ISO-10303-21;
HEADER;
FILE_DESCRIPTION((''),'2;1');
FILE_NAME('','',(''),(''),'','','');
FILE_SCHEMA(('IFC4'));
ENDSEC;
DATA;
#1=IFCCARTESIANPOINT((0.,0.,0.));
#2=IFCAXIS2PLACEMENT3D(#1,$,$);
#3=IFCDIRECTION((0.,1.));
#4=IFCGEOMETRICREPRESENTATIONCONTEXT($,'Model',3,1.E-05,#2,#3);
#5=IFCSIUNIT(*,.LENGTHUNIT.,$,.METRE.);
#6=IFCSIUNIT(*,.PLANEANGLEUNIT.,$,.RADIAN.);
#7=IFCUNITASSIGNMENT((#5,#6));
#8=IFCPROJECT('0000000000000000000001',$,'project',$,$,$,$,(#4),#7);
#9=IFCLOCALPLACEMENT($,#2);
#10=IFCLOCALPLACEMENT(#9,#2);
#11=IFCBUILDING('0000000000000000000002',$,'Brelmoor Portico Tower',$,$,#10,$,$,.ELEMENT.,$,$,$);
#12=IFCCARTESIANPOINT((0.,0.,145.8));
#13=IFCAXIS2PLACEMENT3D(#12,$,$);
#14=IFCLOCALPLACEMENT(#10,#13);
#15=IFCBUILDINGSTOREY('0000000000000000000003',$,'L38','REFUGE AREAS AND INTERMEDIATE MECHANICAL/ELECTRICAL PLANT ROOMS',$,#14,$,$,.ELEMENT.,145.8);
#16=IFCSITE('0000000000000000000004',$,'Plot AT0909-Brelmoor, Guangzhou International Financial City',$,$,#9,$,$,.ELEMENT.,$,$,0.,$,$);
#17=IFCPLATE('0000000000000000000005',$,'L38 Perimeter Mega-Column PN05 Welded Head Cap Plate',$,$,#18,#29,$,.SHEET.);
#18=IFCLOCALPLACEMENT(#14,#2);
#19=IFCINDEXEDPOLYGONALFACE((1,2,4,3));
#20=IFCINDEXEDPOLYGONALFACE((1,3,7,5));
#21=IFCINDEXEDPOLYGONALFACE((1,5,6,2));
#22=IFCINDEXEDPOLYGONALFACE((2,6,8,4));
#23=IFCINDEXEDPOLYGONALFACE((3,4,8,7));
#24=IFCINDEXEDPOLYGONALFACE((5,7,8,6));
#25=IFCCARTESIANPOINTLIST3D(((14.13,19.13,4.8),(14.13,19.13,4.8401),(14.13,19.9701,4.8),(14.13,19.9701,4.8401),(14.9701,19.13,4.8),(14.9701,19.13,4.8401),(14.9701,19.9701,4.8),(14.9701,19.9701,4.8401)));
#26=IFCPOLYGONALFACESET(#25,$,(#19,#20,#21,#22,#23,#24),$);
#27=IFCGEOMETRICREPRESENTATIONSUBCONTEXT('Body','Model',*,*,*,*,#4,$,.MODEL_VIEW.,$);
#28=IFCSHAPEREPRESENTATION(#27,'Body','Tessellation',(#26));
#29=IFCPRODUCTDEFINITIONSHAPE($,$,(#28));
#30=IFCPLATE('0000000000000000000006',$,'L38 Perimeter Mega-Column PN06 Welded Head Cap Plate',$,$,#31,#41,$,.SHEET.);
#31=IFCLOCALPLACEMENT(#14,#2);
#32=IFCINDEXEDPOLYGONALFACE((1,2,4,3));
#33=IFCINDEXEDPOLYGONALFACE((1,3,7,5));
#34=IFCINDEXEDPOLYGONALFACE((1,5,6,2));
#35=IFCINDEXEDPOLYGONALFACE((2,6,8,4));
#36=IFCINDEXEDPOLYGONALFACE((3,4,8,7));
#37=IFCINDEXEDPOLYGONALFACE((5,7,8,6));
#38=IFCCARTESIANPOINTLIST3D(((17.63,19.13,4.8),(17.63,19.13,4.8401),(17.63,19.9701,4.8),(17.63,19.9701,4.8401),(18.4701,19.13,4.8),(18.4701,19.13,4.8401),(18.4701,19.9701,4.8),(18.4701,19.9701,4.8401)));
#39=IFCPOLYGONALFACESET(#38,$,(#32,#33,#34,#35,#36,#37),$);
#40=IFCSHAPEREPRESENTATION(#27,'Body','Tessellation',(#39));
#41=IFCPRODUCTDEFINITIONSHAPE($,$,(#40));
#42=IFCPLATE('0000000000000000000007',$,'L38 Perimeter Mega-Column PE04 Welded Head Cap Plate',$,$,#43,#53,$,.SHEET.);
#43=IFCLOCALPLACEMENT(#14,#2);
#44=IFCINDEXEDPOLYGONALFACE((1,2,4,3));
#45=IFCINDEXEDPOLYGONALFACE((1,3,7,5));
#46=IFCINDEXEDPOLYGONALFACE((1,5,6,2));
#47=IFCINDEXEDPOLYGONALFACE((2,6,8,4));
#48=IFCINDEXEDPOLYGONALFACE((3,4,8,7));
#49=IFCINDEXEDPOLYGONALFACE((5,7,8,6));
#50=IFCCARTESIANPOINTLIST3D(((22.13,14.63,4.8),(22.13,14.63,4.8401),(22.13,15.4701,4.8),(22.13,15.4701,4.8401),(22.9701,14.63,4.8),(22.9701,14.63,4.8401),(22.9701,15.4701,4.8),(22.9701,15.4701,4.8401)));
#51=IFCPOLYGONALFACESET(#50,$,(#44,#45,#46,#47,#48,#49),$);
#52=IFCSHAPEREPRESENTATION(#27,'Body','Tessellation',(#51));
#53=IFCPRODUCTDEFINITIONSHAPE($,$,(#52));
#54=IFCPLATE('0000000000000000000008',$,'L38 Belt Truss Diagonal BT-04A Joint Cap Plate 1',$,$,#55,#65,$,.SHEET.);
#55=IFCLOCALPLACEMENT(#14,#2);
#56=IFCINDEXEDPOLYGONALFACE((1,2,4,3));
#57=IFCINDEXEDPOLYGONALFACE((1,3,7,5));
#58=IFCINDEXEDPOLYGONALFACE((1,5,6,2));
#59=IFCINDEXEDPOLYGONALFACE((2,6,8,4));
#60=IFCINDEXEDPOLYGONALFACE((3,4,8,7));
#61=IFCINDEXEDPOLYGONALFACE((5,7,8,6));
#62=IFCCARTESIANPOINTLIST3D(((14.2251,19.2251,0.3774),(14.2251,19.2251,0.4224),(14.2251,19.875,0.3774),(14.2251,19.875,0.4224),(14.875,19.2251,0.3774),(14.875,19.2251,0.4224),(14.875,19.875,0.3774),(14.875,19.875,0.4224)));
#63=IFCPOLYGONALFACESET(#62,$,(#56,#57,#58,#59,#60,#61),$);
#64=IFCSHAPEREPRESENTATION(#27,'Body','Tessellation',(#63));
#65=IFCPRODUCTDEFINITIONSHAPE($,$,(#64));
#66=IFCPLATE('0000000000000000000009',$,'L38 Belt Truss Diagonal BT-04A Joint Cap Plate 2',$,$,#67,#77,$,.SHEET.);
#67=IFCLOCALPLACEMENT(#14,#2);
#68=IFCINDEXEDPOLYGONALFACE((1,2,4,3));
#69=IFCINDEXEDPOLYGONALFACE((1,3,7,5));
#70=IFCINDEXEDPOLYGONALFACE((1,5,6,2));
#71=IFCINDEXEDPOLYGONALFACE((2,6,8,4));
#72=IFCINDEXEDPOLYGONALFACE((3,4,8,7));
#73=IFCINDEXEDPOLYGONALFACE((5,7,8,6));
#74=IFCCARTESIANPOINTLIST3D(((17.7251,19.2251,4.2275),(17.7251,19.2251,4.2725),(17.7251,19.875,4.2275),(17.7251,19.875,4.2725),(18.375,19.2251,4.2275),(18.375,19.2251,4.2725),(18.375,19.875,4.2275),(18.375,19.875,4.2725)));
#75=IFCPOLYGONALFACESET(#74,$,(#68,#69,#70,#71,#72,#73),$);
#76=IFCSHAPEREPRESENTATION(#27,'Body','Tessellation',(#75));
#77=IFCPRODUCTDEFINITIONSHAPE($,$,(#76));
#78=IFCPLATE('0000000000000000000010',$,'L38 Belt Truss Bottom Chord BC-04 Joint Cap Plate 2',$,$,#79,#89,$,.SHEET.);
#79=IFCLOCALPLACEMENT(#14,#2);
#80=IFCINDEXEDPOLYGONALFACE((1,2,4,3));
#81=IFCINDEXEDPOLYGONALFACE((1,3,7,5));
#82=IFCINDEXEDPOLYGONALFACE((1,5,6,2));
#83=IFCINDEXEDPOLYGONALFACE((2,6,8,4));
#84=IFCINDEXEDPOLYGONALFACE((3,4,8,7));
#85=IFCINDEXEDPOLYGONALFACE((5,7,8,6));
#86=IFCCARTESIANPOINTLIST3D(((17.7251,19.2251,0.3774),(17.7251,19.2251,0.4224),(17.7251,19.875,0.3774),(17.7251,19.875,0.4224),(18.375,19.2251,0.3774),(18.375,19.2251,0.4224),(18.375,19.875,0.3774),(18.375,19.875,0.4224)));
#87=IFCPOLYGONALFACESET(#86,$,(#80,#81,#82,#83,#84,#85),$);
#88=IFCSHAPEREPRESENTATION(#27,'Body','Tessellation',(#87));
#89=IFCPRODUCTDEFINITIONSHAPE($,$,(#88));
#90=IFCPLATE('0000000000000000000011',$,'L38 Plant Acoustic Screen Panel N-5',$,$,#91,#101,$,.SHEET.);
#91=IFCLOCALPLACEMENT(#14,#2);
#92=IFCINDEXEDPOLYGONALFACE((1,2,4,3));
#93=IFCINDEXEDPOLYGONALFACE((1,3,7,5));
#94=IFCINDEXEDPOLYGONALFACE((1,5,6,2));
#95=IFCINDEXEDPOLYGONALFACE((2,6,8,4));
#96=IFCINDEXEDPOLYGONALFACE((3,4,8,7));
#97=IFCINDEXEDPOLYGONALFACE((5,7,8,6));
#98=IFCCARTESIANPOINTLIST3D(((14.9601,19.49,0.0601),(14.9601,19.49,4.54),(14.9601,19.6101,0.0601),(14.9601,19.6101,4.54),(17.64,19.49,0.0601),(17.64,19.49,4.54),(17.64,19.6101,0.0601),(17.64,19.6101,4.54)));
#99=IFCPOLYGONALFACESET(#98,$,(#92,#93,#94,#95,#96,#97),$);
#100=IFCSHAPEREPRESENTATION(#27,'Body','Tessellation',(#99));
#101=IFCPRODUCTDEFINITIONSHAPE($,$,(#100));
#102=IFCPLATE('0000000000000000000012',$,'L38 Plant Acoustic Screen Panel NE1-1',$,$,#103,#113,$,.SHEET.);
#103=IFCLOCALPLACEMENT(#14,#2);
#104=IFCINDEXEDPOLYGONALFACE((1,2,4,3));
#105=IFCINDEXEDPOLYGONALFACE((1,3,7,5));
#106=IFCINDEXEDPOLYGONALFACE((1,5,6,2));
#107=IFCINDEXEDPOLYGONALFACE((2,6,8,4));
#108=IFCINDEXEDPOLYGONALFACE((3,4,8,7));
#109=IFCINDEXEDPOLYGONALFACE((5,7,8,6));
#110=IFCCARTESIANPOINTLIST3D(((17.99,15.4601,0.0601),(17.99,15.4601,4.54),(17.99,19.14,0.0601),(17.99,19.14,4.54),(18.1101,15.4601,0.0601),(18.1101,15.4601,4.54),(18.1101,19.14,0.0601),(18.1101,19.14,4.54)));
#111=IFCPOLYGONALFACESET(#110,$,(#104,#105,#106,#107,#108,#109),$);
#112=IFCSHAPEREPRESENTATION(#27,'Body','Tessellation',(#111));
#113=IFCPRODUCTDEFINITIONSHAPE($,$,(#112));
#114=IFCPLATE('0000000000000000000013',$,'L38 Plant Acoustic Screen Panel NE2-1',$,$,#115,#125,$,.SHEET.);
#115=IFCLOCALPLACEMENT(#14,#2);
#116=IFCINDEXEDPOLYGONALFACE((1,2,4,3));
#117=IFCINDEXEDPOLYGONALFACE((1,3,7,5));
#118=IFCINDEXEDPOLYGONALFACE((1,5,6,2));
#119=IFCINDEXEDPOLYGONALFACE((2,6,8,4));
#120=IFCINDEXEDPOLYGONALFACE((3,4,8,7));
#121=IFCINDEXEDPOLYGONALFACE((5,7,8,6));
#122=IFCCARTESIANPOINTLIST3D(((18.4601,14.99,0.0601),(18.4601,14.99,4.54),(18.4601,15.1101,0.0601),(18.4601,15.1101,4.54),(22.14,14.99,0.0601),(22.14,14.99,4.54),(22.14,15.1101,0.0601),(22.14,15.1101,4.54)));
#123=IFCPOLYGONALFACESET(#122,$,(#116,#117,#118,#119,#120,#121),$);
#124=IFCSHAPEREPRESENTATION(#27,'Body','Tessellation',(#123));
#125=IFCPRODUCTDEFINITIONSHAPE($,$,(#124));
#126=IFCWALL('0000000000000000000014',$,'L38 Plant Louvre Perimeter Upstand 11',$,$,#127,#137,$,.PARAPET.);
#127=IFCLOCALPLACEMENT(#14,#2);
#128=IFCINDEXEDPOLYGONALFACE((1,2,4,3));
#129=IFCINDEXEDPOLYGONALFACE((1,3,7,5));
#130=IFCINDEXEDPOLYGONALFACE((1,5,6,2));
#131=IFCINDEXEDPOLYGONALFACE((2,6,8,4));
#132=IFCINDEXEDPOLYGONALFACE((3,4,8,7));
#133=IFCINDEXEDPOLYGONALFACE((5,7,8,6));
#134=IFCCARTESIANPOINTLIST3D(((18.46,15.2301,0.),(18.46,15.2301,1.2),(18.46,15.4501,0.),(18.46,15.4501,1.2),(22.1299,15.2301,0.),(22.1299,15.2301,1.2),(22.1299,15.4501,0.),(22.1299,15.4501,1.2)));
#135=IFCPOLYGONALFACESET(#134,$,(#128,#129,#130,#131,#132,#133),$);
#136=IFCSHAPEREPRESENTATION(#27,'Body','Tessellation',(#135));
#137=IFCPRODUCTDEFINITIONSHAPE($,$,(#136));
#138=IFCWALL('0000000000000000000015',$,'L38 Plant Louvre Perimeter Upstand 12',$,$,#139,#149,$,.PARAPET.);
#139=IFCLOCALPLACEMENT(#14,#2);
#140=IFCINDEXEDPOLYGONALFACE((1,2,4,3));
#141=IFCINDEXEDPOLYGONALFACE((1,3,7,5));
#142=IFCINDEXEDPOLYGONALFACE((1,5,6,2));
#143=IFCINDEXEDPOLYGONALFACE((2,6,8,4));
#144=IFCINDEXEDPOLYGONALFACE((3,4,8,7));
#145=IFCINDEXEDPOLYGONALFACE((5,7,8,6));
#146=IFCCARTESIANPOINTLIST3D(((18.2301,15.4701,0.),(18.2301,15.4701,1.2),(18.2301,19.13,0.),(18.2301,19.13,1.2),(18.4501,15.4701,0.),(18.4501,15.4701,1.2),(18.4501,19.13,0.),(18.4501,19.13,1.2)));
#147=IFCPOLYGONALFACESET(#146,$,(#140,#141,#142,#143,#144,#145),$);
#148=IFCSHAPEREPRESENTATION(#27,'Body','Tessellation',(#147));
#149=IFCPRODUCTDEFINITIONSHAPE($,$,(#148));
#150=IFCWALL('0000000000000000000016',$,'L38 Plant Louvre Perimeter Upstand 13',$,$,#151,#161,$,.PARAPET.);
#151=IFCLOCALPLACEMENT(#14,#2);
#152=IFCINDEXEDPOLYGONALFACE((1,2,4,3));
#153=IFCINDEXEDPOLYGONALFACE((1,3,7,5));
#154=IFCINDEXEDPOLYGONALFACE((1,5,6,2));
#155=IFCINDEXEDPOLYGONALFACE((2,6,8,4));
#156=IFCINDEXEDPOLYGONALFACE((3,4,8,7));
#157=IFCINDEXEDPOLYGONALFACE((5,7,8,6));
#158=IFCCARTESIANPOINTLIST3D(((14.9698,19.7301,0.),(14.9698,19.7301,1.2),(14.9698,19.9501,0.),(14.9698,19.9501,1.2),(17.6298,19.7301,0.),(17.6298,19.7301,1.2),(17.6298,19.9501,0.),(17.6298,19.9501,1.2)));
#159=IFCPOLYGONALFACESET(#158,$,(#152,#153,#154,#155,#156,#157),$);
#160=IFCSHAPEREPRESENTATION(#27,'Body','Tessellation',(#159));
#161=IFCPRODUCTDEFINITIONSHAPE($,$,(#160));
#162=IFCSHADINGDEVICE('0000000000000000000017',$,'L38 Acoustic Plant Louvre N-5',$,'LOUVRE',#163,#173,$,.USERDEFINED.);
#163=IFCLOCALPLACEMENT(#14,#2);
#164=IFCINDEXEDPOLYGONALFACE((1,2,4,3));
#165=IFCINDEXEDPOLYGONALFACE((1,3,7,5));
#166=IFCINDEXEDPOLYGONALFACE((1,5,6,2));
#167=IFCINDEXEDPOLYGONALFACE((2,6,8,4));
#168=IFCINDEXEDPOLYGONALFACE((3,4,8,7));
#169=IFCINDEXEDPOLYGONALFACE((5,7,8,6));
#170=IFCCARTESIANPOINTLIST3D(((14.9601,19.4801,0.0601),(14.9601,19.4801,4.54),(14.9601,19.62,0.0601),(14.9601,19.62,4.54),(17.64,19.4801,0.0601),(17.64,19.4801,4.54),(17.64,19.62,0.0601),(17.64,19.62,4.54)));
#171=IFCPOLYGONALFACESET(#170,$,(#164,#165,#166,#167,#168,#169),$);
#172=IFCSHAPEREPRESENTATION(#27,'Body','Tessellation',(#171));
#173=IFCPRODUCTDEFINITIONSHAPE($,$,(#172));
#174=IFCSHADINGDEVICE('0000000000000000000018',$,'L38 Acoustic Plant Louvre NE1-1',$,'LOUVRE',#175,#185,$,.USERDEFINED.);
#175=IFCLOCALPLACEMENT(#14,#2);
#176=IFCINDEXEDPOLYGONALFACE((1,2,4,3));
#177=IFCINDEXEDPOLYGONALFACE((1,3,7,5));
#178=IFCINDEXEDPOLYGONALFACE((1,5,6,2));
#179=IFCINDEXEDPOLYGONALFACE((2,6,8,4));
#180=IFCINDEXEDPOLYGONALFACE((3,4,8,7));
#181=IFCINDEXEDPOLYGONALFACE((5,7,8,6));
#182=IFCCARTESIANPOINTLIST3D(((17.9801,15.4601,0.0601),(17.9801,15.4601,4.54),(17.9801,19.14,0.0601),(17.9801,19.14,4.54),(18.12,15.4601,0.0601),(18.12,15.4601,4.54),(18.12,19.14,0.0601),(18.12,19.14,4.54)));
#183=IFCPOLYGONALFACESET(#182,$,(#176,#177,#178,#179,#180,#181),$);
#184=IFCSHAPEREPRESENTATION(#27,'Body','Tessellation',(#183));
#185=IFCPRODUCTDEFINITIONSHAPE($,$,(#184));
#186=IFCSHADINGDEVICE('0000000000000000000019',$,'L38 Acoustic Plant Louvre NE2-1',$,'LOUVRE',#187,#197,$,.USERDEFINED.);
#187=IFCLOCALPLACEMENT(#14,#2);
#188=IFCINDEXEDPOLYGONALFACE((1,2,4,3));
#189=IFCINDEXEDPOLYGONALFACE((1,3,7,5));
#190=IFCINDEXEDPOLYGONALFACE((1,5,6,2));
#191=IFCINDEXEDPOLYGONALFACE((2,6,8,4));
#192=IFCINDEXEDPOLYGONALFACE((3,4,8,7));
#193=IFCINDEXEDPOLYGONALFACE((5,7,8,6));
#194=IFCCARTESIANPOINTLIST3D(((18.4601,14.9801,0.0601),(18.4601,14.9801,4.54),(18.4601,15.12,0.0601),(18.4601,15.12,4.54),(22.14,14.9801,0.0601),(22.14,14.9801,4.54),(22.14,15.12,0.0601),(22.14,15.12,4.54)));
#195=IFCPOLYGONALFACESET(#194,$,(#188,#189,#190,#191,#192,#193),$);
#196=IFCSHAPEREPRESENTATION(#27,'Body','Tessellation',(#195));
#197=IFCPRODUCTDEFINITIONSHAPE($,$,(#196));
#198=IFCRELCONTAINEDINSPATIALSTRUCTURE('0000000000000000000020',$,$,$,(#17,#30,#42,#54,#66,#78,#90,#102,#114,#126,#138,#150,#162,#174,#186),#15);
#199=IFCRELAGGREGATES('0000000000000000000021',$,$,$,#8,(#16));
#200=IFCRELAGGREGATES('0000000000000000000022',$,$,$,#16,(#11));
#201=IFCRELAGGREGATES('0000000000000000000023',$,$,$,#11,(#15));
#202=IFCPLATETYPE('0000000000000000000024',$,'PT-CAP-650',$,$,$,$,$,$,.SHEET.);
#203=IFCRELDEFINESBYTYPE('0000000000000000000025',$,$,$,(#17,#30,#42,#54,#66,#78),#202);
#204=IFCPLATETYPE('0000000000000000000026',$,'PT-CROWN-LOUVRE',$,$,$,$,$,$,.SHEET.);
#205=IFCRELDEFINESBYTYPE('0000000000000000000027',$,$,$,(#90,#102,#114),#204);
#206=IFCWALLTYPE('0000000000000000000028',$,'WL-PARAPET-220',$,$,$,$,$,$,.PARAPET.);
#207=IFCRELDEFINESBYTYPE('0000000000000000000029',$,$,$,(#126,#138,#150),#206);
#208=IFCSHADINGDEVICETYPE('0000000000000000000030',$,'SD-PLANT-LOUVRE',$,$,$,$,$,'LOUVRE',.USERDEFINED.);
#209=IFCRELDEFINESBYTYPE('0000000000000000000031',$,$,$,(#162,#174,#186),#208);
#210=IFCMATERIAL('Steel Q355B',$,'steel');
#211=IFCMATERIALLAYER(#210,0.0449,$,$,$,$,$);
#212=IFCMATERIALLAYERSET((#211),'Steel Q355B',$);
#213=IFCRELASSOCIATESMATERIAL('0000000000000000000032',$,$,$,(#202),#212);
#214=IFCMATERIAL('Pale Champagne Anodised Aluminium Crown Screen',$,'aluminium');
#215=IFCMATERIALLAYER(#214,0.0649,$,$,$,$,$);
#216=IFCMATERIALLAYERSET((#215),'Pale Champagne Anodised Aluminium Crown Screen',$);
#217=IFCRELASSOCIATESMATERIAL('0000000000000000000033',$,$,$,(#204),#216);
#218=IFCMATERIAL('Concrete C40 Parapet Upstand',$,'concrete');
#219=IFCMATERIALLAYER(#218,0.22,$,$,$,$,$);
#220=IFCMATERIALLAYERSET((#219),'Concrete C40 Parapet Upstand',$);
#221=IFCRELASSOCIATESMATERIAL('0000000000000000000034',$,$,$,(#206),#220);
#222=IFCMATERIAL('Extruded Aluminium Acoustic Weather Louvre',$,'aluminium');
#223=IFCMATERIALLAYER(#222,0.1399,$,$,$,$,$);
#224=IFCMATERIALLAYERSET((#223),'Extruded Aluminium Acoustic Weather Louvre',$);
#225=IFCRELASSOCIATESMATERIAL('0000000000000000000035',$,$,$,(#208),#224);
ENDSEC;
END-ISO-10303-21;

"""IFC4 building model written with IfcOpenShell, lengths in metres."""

from ifc_helpers import new_model, si_unit, direction, frame, frame_2d, origin, origin_2d, place, context, subcontext, project, spatial, rectangle, extrude, material, layer, layer_set, type_object, element, save


model = new_model("IFC4")

# Units and contexts
model_context = context("Model", 3, precision=1e-05, world=origin(), true_north=direction((0.0, 1.0)))
body_context = subcontext(model_context, "Body", "Model", "MODEL_VIEW")
ifc_project = project(units=[si_unit("LENGTHUNIT", "METRE"), si_unit("PLANEANGLEUNIT", "RADIAN")], contexts=[model_context])

# Site, building, storey
site_placement = place(None, origin())
site = spatial("IfcSite", under=ifc_project, at=site_placement, Name="Plot AT0909-Brelmoor, Guangzhou International Financial City", CompositionType="ELEMENT", RefElevation=0.0)
building_placement = place(site_placement, origin())
building = spatial("IfcBuilding", under=site, at=building_placement, Name="Brelmoor Portico Tower", CompositionType="ELEMENT")
storey_placement = place(building_placement, frame((0.0, 0.0, 145.8)))
storey = spatial("IfcBuildingStorey", under=building, at=storey_placement, Name="L38", Description="REFUGE AREAS AND INTERMEDIATE MECHANICAL/ELECTRICAL PLANT ROOMS", CompositionType="ELEMENT", Elevation=145.8)

# Shared definitions
ifc_material_1 = material(Name="Steel Q355B", Category="steel")

# Plates
ifc_layer_1 = layer(ifc_material_1, 0.0449)
ifc_layer_set_1 = layer_set([ifc_layer_1], Name="Steel Q355B")
plate_type_1 = type_object("IfcPlateType", Name="PT-CAP-650", PredefinedType="SHEET", material=ifc_layer_set_1)
for number, where, z_axis, x_axis, name in (
    (1, (14.55, 19.55, 4.8), (0.0, 0.0, 1.0), (1.0, 0.0, 0.0), "L38 Perimeter Mega-Column PN05 Welded Head Cap Plate"),
    (2, (18.05, 19.55, 4.8), (0.0, 0.0, 1.0), (1.0, 0.0, 0.0), "L38 Perimeter Mega-Column PN06 Welded Head Cap Plate"),
    (3, (22.55, 15.05, 4.8), (0.0, 0.0, 1.0), (0.0, 1.0, 0.0), "L38 Perimeter Mega-Column PE04 Welded Head Cap Plate"),
):
    element("IfcPlate", number, at=place(storey_placement, frame(where, z_axis=z_axis, x_axis=x_axis)), inside=storey, type_object=plate_type_1, Name=name, PredefinedType="SHEET", context=body_context, shape_type="SweptSolid", body=[
        extrude(rectangle(XDim=0.8401, YDim=0.8401, at=origin_2d()), origin(), (0.0, 0.0, 1.0), 0.04),
    ])
for number, where, z_axis, x_axis, name in (
    (4, (14.55, 19.55, 0.3774), (0.0, 0.0, 1.0), (1.0, 0.0, 0.0), "L38 Belt Truss Diagonal BT-04A Joint Cap Plate 1"),
    (5, (18.05, 19.55, 4.2275), (0.0, 0.0, 1.0), (1.0, 0.0, 0.0), "L38 Belt Truss Diagonal BT-04A Joint Cap Plate 2"),
    (6, (18.05, 19.55, 0.3774), (0.0, 0.0, 1.0), (1.0, 0.0, 0.0), "L38 Belt Truss Bottom Chord BC-04 Joint Cap Plate 2"),
):
    element("IfcPlate", number, at=place(storey_placement, frame(where, z_axis=z_axis, x_axis=x_axis)), inside=storey, type_object=plate_type_1, Name=name, PredefinedType="SHEET", context=body_context, shape_type="SweptSolid", body=[
        extrude(rectangle(XDim=0.6499, YDim=0.6499, at=origin_2d()), origin(), (0.0, 0.0, 1.0), 0.0449),
    ])
ifc_material_2 = material(Name="Pale Champagne Anodised Aluminium Crown Screen", Category="aluminium")
ifc_layer_2 = layer(ifc_material_2, 0.0649)
ifc_layer_set_2 = layer_set([ifc_layer_2], Name="Pale Champagne Anodised Aluminium Crown Screen")
plate_type_2 = type_object("IfcPlateType", Name="PT-CROWN-LOUVRE", PredefinedType="SHEET", material=ifc_layer_set_2)
plate_1_placement = place(storey_placement, frame((16.3, 19.55, 0.0601), z_axis=(0.0, 0.0, 1.0), x_axis=(1.0, 0.0, 0.0)))
element("IfcPlate", 7, at=plate_1_placement, inside=storey, type_object=plate_type_2, Name="L38 Plant Acoustic Screen Panel N-5", PredefinedType="SHEET", context=body_context, shape_type="SweptSolid", body=[
    extrude(rectangle(XDim=2.6799, YDim=0.1201, at=origin_2d()), origin(), (0.0, 0.0, 1.0), 4.48),
])
for number, where, z_axis, x_axis, name in (
    (8, (18.05, 17.3, 0.0601), (0.0, 0.0, 1.0), (0.0, 1.0, 0.0), "L38 Plant Acoustic Screen Panel NE1-1"),
    (9, (20.3, 15.05, 0.0601), (0.0, 0.0, 1.0), (1.0, 0.0, 0.0), "L38 Plant Acoustic Screen Panel NE2-1"),
):
    element("IfcPlate", number, at=place(storey_placement, frame(where, z_axis=z_axis, x_axis=x_axis)), inside=storey, type_object=plate_type_2, Name=name, PredefinedType="SHEET", context=body_context, shape_type="SweptSolid", body=[
        extrude(rectangle(XDim=3.6799, YDim=0.1201, at=origin_2d()), origin(), (0.0, 0.0, 1.0), 4.48),
    ])

# Walls
ifc_material_3 = material(Name="Concrete C40 Parapet Upstand", Category="concrete")
ifc_layer_3 = layer(ifc_material_3, 0.22)
ifc_layer_set_3 = layer_set([ifc_layer_3], Name="Concrete C40 Parapet Upstand")
wall_type = type_object("IfcWallType", Name="WL-PARAPET-220", PredefinedType="PARAPET", material=ifc_layer_set_3)
wall_1_placement = place(storey_placement, frame((22.1299, 15.3401, 0.0), z_axis=(0.0, 0.0, 1.0), x_axis=(-1.0, 0.0, 0.0)))
element("IfcWall", 10, at=wall_1_placement, inside=storey, type_object=wall_type, Name="L38 Plant Louvre Perimeter Upstand 11", PredefinedType="PARAPET", context=body_context, shape_type="SweptSolid", body=[
    extrude(rectangle(XDim=3.6699, YDim=0.22, at=frame_2d((1.835, 0.0))), origin(), (0.0, 0.0, 1.0), 1.2),
])
wall_2_placement = place(storey_placement, frame((18.3401, 15.47, 0.0), z_axis=(0.0, 0.0, 1.0), x_axis=(0.0, 1.0, 0.0)))
element("IfcWall", 11, at=wall_2_placement, inside=storey, type_object=wall_type, Name="L38 Plant Louvre Perimeter Upstand 12", PredefinedType="PARAPET", context=body_context, shape_type="SweptSolid", body=[
    extrude(rectangle(XDim=3.6599, YDim=0.22, at=frame_2d((1.8301, 0.0))), origin(), (0.0, 0.0, 1.0), 1.2),
])
wall_3_placement = place(storey_placement, frame((17.6299, 19.8401, 0.0), z_axis=(0.0, 0.0, 1.0), x_axis=(-1.0, 0.0, 0.0)))
element("IfcWall", 12, at=wall_3_placement, inside=storey, type_object=wall_type, Name="L38 Plant Louvre Perimeter Upstand 13", PredefinedType="PARAPET", context=body_context, shape_type="SweptSolid", body=[
    extrude(rectangle(XDim=2.6599, YDim=0.22, at=frame_2d((1.3301, 0.0))), origin(), (0.0, 0.0, 1.0), 1.2),
])

# Shading devices
ifc_material_4 = material(Name="Extruded Aluminium Acoustic Weather Louvre", Category="aluminium")
ifc_layer_4 = layer(ifc_material_4, 0.1399)
ifc_layer_set_4 = layer_set([ifc_layer_4], Name="Extruded Aluminium Acoustic Weather Louvre")
shading_device_type = type_object("IfcShadingDeviceType", Name="SD-PLANT-LOUVRE", ElementType="LOUVRE", PredefinedType="USERDEFINED", material=ifc_layer_set_4)
shading_device_placement = place(storey_placement, frame((16.3, 19.55, 0.0601), z_axis=(0.0, 0.0, 1.0), x_axis=(1.0, 0.0, 0.0)))
element("IfcShadingDevice", 13, at=shading_device_placement, inside=storey, type_object=shading_device_type, Name="L38 Acoustic Plant Louvre N-5", ObjectType="LOUVRE", PredefinedType="USERDEFINED", context=body_context, shape_type="SweptSolid", body=[
    extrude(rectangle(XDim=2.6799, YDim=0.1399, at=origin_2d()), origin(), (0.0, 0.0, 1.0), 4.48),
])
for number, where, z_axis, x_axis, name in (
    (14, (18.05, 17.3, 0.0601), (0.0, 0.0, 1.0), (0.0, 1.0, 0.0), "L38 Acoustic Plant Louvre NE1-1"),
    (15, (20.3, 15.05, 0.0601), (0.0, 0.0, 1.0), (1.0, 0.0, 0.0), "L38 Acoustic Plant Louvre NE2-1"),
):
    element("IfcShadingDevice", number, at=place(storey_placement, frame(where, z_axis=z_axis, x_axis=x_axis)), inside=storey, type_object=shading_device_type, Name=name, ObjectType="LOUVRE", PredefinedType="USERDEFINED", context=body_context, shape_type="SweptSolid", body=[
        extrude(rectangle(XDim=3.6799, YDim=0.1399, at=origin_2d()), origin(), (0.0, 0.0, 1.0), 4.48),
    ])

save(model, "model.ifc")
